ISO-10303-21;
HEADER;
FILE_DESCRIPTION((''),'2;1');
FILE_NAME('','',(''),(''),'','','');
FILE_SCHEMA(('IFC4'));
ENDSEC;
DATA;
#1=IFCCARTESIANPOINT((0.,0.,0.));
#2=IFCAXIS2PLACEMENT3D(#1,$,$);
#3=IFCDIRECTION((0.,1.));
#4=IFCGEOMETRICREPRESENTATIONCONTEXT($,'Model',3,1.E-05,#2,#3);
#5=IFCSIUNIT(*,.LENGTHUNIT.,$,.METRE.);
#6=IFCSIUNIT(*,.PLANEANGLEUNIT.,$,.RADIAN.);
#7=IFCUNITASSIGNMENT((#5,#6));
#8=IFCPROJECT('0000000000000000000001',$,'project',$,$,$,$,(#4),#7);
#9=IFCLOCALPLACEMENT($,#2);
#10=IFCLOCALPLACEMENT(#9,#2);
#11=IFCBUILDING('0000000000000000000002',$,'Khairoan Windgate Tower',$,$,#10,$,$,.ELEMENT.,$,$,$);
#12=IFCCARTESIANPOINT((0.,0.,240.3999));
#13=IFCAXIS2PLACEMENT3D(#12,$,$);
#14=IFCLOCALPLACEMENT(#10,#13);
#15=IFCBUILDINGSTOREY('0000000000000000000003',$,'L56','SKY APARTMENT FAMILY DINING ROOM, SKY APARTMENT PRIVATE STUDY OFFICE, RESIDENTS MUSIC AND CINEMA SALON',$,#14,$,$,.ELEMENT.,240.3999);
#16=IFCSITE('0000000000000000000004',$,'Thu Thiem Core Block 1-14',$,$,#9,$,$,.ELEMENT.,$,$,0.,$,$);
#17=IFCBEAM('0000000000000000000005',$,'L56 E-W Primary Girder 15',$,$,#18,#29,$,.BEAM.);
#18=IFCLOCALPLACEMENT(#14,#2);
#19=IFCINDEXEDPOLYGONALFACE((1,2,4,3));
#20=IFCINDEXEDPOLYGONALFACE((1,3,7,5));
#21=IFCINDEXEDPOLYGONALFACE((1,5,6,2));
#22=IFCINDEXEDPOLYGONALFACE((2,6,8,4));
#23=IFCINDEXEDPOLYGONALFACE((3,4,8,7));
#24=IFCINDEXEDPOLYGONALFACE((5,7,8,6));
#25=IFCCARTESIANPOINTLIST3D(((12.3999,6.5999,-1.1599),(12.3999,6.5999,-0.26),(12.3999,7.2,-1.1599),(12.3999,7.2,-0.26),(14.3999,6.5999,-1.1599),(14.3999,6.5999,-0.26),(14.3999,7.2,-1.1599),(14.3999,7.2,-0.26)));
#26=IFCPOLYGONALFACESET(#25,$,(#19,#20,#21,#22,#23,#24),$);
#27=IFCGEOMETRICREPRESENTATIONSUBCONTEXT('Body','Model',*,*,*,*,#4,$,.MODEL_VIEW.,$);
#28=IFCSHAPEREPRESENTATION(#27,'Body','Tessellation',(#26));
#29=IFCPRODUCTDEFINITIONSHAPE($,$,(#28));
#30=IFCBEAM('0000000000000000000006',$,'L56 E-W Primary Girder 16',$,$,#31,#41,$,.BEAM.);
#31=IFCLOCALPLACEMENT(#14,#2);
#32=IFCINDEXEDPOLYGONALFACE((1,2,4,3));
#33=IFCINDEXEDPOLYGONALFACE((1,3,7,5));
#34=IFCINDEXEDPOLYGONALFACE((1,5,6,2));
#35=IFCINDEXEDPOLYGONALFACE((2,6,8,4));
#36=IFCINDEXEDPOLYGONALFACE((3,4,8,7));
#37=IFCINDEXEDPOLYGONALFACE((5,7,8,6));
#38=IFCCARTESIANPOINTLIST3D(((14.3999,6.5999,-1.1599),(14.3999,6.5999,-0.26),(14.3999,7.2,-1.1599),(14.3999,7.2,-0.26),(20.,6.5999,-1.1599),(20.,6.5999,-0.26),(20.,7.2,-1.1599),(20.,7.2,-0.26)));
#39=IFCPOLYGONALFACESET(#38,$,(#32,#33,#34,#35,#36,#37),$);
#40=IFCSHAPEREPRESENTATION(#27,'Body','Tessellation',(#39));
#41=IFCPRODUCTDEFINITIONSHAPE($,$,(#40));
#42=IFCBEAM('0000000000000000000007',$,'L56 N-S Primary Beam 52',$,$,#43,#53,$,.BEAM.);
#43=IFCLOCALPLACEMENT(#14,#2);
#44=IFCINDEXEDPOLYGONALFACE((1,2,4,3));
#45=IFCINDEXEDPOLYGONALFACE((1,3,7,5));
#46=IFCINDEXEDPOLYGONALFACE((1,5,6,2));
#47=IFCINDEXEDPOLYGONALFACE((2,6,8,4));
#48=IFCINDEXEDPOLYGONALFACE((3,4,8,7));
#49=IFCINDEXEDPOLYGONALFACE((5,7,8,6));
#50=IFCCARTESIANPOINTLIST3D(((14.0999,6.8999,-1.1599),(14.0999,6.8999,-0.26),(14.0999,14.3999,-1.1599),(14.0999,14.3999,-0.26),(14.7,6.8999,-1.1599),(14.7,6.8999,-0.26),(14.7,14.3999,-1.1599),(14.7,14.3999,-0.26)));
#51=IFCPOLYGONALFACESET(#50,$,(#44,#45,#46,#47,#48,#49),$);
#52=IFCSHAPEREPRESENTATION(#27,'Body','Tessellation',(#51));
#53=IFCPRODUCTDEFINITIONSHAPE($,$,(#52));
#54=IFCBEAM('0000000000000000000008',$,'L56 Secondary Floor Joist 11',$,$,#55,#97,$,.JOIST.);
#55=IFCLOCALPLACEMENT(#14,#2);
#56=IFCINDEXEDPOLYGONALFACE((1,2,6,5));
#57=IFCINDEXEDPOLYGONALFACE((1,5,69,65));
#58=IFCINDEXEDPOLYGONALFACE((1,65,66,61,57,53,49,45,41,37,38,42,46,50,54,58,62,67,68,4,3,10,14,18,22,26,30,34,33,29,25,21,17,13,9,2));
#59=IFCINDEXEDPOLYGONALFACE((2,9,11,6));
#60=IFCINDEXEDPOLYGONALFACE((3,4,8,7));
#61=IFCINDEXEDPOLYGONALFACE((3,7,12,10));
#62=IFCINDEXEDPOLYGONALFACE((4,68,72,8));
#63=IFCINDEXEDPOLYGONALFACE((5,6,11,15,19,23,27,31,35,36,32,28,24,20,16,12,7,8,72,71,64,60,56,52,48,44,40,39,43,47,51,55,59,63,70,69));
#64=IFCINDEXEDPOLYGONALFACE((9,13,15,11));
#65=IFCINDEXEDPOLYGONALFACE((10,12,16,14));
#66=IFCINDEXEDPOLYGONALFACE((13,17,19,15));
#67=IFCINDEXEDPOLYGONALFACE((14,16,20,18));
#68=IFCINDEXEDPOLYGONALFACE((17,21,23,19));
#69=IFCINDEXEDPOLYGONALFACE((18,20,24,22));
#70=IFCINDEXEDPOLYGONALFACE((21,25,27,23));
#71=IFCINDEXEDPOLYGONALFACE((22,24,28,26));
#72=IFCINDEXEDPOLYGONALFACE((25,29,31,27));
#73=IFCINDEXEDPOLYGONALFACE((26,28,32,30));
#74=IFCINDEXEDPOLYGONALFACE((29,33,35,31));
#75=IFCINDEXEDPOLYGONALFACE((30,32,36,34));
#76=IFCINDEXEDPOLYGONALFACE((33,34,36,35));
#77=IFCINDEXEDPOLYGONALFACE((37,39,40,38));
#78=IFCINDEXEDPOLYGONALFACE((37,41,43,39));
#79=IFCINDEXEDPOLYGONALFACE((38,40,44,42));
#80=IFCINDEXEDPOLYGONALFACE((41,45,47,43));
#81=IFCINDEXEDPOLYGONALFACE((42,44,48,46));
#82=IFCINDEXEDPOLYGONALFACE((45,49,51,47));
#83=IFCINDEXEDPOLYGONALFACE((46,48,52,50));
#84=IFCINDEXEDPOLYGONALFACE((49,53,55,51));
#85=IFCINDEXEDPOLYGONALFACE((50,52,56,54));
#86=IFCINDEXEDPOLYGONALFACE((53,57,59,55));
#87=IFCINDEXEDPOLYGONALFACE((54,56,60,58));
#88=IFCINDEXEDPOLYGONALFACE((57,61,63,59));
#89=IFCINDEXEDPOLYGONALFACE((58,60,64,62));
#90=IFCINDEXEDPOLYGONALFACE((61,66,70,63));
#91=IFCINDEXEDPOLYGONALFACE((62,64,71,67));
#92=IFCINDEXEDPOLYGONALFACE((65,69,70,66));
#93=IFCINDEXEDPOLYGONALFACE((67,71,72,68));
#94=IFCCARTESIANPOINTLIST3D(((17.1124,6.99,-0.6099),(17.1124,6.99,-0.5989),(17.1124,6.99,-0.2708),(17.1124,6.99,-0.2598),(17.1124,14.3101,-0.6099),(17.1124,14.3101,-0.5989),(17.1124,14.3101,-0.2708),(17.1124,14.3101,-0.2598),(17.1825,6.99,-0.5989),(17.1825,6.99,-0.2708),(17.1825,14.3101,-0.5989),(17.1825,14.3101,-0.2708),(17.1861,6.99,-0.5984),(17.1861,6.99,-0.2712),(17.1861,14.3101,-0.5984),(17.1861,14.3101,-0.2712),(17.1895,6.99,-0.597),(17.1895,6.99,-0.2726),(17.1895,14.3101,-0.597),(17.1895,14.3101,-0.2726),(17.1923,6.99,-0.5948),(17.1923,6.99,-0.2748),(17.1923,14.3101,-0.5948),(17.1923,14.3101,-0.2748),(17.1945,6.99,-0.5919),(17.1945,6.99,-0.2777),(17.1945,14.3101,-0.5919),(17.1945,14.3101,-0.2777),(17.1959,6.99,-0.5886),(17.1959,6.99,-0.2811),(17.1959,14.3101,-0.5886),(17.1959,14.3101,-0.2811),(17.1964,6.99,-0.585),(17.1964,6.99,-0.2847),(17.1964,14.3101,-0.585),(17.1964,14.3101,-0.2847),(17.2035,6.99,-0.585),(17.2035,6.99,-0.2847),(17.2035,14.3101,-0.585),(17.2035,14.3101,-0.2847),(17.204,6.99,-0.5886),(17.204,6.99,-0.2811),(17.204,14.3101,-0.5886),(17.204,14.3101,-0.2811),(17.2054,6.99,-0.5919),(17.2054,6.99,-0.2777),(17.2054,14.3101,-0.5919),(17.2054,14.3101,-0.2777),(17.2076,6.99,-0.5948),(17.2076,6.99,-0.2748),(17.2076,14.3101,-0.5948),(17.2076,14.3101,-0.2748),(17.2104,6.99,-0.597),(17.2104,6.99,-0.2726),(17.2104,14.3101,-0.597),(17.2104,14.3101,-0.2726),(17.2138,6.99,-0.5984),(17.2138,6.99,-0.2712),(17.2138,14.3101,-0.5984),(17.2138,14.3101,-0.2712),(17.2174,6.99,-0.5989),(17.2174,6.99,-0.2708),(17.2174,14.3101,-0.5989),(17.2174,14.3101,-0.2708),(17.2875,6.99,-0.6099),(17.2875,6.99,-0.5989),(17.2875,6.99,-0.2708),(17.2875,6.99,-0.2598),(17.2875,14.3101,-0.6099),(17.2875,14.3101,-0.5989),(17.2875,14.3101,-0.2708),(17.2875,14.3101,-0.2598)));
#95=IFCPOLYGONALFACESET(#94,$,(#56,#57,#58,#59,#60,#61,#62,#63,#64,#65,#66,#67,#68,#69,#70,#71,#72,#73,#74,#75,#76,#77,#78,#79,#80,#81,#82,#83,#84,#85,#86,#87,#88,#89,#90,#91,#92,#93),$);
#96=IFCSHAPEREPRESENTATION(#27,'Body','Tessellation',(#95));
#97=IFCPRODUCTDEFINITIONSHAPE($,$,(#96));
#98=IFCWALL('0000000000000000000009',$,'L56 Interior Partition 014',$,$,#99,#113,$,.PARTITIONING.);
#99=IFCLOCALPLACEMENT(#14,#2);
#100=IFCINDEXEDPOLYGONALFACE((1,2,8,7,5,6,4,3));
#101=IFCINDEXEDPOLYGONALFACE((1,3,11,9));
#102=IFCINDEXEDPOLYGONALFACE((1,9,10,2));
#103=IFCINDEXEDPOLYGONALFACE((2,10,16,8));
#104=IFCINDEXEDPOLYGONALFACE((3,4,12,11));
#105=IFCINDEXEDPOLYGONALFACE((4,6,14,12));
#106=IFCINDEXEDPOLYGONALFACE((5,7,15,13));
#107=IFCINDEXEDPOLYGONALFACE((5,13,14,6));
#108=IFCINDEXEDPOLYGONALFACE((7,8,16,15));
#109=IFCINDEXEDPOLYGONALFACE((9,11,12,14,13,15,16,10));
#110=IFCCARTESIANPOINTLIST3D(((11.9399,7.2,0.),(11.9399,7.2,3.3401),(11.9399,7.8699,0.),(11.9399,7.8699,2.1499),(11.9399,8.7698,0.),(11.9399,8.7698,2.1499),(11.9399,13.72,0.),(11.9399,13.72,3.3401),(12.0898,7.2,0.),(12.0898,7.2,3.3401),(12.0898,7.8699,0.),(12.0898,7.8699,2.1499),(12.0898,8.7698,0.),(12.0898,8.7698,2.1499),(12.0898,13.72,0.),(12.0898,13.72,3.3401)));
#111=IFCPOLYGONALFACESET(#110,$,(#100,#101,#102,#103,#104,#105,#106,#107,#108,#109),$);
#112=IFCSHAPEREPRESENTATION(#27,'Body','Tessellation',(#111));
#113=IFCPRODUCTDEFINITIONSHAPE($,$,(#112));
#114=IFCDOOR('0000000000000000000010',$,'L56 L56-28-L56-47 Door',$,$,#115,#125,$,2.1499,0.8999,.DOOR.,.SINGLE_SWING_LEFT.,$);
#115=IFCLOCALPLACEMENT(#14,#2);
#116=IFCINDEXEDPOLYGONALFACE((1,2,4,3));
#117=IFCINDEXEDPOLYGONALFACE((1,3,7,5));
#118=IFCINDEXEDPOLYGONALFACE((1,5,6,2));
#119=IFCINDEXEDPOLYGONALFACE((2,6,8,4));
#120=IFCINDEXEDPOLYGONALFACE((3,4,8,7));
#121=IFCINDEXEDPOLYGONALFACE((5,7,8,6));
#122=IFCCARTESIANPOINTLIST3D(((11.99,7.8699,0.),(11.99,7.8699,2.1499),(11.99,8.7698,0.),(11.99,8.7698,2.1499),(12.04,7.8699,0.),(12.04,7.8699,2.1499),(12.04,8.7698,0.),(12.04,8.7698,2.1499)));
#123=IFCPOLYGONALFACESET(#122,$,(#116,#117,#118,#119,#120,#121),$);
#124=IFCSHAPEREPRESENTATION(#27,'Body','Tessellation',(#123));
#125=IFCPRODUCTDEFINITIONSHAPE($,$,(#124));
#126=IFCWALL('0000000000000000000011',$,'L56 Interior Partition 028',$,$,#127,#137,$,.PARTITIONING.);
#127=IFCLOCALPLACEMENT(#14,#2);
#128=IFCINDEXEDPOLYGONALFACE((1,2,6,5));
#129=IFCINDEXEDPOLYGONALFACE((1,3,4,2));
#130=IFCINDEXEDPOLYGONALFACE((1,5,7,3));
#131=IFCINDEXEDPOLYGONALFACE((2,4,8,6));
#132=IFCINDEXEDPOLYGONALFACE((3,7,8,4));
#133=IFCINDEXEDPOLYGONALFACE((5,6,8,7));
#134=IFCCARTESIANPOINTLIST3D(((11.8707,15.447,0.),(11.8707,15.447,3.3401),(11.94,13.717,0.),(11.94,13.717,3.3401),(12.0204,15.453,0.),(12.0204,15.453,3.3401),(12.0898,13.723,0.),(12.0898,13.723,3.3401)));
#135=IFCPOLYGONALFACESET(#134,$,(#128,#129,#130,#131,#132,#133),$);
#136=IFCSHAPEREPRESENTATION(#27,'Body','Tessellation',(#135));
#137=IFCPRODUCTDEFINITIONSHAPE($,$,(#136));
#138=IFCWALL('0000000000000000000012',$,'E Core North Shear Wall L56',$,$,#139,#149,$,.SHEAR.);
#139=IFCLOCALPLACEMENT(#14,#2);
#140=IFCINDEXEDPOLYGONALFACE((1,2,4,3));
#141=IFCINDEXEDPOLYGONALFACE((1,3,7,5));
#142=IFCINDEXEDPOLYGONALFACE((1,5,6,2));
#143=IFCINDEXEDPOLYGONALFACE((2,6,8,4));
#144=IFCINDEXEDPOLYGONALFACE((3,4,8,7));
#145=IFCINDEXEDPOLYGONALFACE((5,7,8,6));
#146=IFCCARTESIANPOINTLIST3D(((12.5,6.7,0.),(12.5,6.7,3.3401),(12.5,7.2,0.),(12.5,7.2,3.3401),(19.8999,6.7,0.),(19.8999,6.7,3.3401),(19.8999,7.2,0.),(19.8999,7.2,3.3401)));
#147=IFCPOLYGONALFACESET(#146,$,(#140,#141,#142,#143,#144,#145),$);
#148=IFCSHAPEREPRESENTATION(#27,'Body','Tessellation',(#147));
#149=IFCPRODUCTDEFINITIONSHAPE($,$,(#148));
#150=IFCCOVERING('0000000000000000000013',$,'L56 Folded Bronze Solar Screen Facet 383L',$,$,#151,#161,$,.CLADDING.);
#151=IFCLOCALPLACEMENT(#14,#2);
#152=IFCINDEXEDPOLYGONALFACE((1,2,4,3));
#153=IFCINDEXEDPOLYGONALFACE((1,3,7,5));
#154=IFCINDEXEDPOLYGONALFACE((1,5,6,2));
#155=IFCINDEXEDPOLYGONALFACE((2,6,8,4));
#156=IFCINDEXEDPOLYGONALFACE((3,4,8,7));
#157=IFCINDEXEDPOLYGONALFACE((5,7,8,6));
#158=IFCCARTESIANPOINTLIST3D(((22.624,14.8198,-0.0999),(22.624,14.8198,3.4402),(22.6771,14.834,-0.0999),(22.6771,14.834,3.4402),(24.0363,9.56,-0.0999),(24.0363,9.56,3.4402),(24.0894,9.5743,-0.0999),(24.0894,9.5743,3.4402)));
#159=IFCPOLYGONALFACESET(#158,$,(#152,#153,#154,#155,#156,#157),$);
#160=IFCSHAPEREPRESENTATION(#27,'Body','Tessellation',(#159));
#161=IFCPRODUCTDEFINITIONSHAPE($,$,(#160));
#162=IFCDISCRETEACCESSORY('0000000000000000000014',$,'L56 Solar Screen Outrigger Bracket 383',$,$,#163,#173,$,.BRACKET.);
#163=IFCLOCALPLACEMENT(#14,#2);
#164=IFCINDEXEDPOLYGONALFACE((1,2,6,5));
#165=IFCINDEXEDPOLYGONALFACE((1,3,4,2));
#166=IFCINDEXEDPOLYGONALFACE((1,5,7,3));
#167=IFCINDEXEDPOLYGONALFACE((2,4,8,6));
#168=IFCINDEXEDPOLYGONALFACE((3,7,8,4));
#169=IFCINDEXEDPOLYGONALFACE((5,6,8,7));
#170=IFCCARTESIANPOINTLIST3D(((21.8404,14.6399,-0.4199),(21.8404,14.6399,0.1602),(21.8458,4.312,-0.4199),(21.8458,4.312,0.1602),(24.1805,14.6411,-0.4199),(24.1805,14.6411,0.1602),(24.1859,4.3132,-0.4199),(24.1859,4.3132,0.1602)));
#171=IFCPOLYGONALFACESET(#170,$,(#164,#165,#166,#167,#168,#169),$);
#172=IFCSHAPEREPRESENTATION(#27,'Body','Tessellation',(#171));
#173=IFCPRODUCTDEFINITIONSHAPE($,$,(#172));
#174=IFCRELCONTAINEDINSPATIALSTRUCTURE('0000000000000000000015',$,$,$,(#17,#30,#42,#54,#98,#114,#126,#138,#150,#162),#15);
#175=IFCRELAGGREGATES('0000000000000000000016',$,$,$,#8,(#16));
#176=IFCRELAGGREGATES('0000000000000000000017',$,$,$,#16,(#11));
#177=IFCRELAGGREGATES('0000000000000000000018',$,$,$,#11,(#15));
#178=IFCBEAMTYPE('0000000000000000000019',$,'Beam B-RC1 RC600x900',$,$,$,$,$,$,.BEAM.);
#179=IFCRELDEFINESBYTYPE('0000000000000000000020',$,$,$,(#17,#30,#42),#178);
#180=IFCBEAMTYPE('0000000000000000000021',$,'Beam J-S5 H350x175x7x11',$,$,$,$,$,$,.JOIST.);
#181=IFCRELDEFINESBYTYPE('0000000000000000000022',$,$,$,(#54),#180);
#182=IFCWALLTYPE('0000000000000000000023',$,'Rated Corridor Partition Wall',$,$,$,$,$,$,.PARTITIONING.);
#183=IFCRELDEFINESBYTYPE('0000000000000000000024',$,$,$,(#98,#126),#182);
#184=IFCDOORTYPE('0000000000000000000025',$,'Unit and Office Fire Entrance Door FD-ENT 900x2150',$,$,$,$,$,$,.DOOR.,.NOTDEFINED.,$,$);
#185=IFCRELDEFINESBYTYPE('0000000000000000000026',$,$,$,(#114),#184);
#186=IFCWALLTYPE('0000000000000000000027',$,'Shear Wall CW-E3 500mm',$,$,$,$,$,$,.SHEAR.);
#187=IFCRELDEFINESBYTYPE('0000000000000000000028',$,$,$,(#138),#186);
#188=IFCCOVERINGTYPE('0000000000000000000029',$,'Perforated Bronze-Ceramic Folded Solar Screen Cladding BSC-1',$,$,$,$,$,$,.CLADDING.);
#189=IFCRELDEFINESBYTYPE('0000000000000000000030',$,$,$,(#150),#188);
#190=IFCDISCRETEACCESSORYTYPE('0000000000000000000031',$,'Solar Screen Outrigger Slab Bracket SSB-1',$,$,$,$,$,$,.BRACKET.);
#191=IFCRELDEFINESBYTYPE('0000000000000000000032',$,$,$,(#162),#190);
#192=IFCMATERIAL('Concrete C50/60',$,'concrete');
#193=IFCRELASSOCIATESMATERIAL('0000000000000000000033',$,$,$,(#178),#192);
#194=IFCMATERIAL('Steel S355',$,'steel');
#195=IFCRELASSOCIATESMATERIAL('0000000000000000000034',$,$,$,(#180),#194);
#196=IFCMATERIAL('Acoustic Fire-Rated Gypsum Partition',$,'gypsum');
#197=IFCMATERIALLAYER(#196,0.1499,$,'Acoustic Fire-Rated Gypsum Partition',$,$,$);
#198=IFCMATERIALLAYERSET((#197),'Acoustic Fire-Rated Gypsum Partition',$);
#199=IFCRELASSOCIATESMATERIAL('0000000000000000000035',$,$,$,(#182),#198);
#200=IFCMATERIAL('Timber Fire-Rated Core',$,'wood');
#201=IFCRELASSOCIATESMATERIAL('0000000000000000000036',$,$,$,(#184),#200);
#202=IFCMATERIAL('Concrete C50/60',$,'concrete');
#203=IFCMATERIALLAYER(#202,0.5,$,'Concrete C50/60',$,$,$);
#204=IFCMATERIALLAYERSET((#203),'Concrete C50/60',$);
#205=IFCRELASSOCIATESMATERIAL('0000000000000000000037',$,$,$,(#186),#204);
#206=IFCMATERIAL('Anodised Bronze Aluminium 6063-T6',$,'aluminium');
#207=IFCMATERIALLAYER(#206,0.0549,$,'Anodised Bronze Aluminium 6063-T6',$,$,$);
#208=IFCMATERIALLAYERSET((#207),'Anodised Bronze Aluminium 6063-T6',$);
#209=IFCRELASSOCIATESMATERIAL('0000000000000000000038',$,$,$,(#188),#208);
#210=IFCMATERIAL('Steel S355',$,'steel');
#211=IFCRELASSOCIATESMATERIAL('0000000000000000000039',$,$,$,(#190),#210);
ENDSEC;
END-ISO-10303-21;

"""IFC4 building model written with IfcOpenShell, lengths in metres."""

from ifc_helpers import new_model, si_unit, direction, frame, frame_2d, origin, origin_2d, place, context, subcontext, project, spatial, rectangle, i_section, extrude, material, layer, layer_set, material_profile, profile_set, type_object, element, fill, save


model = new_model("IFC4")

# Units and contexts
model_context = context("Model", 3, precision=1e-05, world=origin(), true_north=direction((0.0, 1.0)))
body_context = subcontext(model_context, "Body", "Model", "MODEL_VIEW")
ifc_project = project(units=[si_unit("LENGTHUNIT", "METRE"), si_unit("PLANEANGLEUNIT", "RADIAN")], contexts=[model_context])

# Site, building, storey
site_placement = place(None, origin())
site = spatial("IfcSite", under=ifc_project, at=site_placement, Name="Thu Thiem Core Block 1-14", CompositionType="ELEMENT", RefElevation=0.0)
building_placement = place(site_placement, origin())
building = spatial("IfcBuilding", under=site, at=building_placement, Name="Khairoan Windgate Tower", CompositionType="ELEMENT")
storey_placement = place(building_placement, frame((0.0, 0.0, 240.3999)))
storey = spatial("IfcBuildingStorey", under=building, at=storey_placement, Name="L56", Description="SKY APARTMENT FAMILY DINING ROOM, SKY APARTMENT PRIVATE STUDY OFFICE, RESIDENTS MUSIC AND CINEMA SALON", CompositionType="ELEMENT", Elevation=240.3999)

# Beams
ifc_material_1 = material(Name="Concrete C50/60", Category="concrete")
ifc_material_profile_1 = material_profile(ifc_material_1, rectangle(XDim=0.6001, YDim=0.8999, at=origin_2d()))
ifc_profile_set_1 = profile_set([ifc_material_profile_1], Name="Concrete C50/60")
beam_type_1 = type_object("IfcBeamType", Name="Beam B-RC1 RC600x900", PredefinedType="BEAM", material=ifc_profile_set_1)
beam_1_placement = place(storey_placement, frame((12.3999, 6.8999, -0.71), z_axis=(1.0, 0.0, 0.0), x_axis=(0.0, 1.0, 0.0)))
element("IfcBeam", 1, at=beam_1_placement, inside=storey, type_object=beam_type_1, Name="L56 E-W Primary Girder 15", PredefinedType="BEAM", context=body_context, shape_type="SweptSolid", body=[
    extrude(rectangle(XDim=0.6001, YDim=0.8999, at=origin_2d()), origin(), (0.0, 0.0, 1.0), 2.0),
])
beam_2_placement = place(storey_placement, frame((14.3999, 6.8999, -0.71), z_axis=(1.0, 0.0, 0.0), x_axis=(0.0, 1.0, 0.0)))
element("IfcBeam", 2, at=beam_2_placement, inside=storey, type_object=beam_type_1, Name="L56 E-W Primary Girder 16", PredefinedType="BEAM", context=body_context, shape_type="SweptSolid", body=[
    extrude(rectangle(XDim=0.6001, YDim=0.8999, at=origin_2d()), origin(), (0.0, 0.0, 1.0), 5.6001),
])
beam_3_placement = place(storey_placement, frame((14.3999, 6.8999, -0.71), z_axis=(0.0, 1.0, 0.0), x_axis=(-1.0, 0.0, 0.0)))
element("IfcBeam", 3, at=beam_3_placement, inside=storey, type_object=beam_type_1, Name="L56 N-S Primary Beam 52", PredefinedType="BEAM", context=body_context, shape_type="SweptSolid", body=[
    extrude(rectangle(XDim=0.6001, YDim=0.8999, at=origin_2d()), origin(), (0.0, 0.0, 1.0), 7.5),
])
ifc_material_2 = material(Name="Steel S355", Category="steel")
ifc_material_profile_2 = material_profile(ifc_material_2, i_section(OverallWidth=0.175, OverallDepth=0.3501, WebThickness=0.0071, FlangeThickness=0.011, FilletRadius=0.0139, at=origin_2d()))
ifc_profile_set_2 = profile_set([ifc_material_profile_2], Name="Steel S355")
beam_type_2 = type_object("IfcBeamType", Name="Beam J-S5 H350x175x7x11", PredefinedType="JOIST", material=ifc_profile_set_2)
beam_4_placement = place(storey_placement, frame((17.2, 6.99, -0.4348), z_axis=(0.0, 1.0, 0.0), x_axis=(-1.0, 0.0, 0.0)))
element("IfcBeam", 4, at=beam_4_placement, inside=storey, type_object=beam_type_2, Name="L56 Secondary Floor Joist 11", PredefinedType="JOIST", context=body_context, shape_type="SweptSolid", body=[
    extrude(i_section(OverallWidth=0.175, OverallDepth=0.3501, WebThickness=0.0071, FlangeThickness=0.011, FilletRadius=0.0139, at=origin_2d()), origin(), (0.0, 0.0, 1.0), 7.3201),
])

# Wall, opening, door
ifc_material_3 = material(Name="Acoustic Fire-Rated Gypsum Partition", Category="gypsum")
ifc_layer_1 = layer(ifc_material_3, 0.1499, Name="Acoustic Fire-Rated Gypsum Partition")
ifc_layer_set_1 = layer_set([ifc_layer_1], Name="Acoustic Fire-Rated Gypsum Partition")
wall_type_1 = type_object("IfcWallType", Name="Rated Corridor Partition Wall", PredefinedType="PARTITIONING", material=ifc_layer_set_1)
wall_1_placement = place(storey_placement, frame((12.0149, 7.2, 0.0), z_axis=(0.0, 0.0, 1.0), x_axis=(0.0, 1.0, 0.0)))
wall_1 = element("IfcWall", 5, at=wall_1_placement, inside=storey, type_object=wall_type_1, Name="L56 Interior Partition 014", PredefinedType="PARTITIONING", context=body_context, shape_type="SweptSolid", body=[
    extrude(rectangle(XDim=6.52, YDim=0.1499, at=frame_2d((3.26, 0.0))), origin(), (0.0, 0.0, 1.0), 3.3401),
])
opening_placement = place(wall_1_placement, frame((0.6699, 0.0, 0.0)))
opening = element("IfcOpeningElement", 6, at=opening_placement, cuts=wall_1, PredefinedType="OPENING", context=body_context, shape_type="SweptSolid", body=[
    extrude(rectangle(XDim=0.8999, YDim=2.1499, at=frame_2d((0.45, 1.075))), frame((0.0, 0.085, 0.0), z_axis=(0.0, -1.0, 0.0), x_axis=(1.0, 0.0, 0.0)), (0.0, 0.0, 1.0), 0.1699),
])
ifc_material_4 = material(Name="Timber Fire-Rated Core", Category="wood")
door_type = type_object("IfcDoorType", Name="Unit and Office Fire Entrance Door FD-ENT 900x2150", OperationType="NOTDEFINED", PredefinedType="DOOR", material=ifc_material_4)
door_placement = place(opening_placement, origin())
door = element("IfcDoor", 7, at=door_placement, inside=storey, type_object=door_type, Name="L56 L56-28-L56-47 Door", OperationType="SINGLE_SWING_LEFT", OverallHeight=2.1499, OverallWidth=0.8999, PredefinedType="DOOR", context=body_context, shape_type="SweptSolid", body=[
    extrude(rectangle(XDim=0.8999, YDim=2.1499, at=frame_2d((0.45, 1.075))), frame((0.0, 0.0249, 0.0), z_axis=(0.0, -1.0, 0.0), x_axis=(1.0, 0.0, 0.0)), (0.0, 0.0, 1.0), 0.05),
])
fill(opening, door)

# Walls
wall_2_placement = place(storey_placement, frame((12.0149, 13.72, 0.0), z_axis=(0.0, 0.0, 1.0), x_axis=(-0.040047, 0.999198, 0.0)))
element("IfcWall", 8, at=wall_2_placement, inside=storey, type_object=wall_type_1, Name="L56 Interior Partition 028", PredefinedType="PARTITIONING", context=body_context, shape_type="SweptSolid", body=[
    extrude(rectangle(XDim=1.7314, YDim=0.1499, at=frame_2d((0.8657, 0.0))), origin(), (0.0, 0.0, 1.0), 3.3401),
])
ifc_material_5 = material(Name="Concrete C50/60", Category="concrete")
ifc_layer_2 = layer(ifc_material_5, 0.5, Name="Concrete C50/60")
ifc_layer_set_2 = layer_set([ifc_layer_2], Name="Concrete C50/60")
wall_type_2 = type_object("IfcWallType", Name="Shear Wall CW-E3 500mm", PredefinedType="SHEAR", material=ifc_layer_set_2)
wall_3_placement = place(storey_placement, frame((12.5, 6.95, 0.0), z_axis=(0.0, 0.0, 1.0), x_axis=(1.0, 0.0, 0.0)))
element("IfcWall", 9, at=wall_3_placement, inside=storey, type_object=wall_type_2, Name="E Core North Shear Wall L56", PredefinedType="SHEAR", context=body_context, shape_type="SweptSolid", body=[
    extrude(rectangle(XDim=7.3999, YDim=0.5, at=frame_2d((3.7, 0.0))), origin(), (0.0, 0.0, 1.0), 3.3401),
])

# Covering
ifc_material_6 = material(Name="Anodised Bronze Aluminium 6063-T6", Category="aluminium")
ifc_layer_3 = layer(ifc_material_6, 0.0549, Name="Anodised Bronze Aluminium 6063-T6")
ifc_layer_set_3 = layer_set([ifc_layer_3], Name="Anodised Bronze Aluminium 6063-T6")
covering_type = type_object("IfcCoveringType", Name="Perforated Bronze-Ceramic Folded Solar Screen Cladding BSC-1", PredefinedType="CLADDING", material=ifc_layer_set_3)
covering_placement = place(storey_placement, frame((23.3567, 12.197, -0.0999), z_axis=(0.0, 0.0, 1.0), x_axis=(0.259325, -0.96579, 0.0)))
element("IfcCovering", 10, at=covering_placement, inside=storey, type_object=covering_type, Name="L56 Folded Bronze Solar Screen Facet 383L", PredefinedType="CLADDING", context=body_context, shape_type="SweptSolid", body=[
    extrude(rectangle(XDim=5.446, YDim=0.0549, at=origin_2d()), origin(), (0.0, 0.0, 1.0), 3.54),
])

# Discrete accessory
ifc_material_7 = material(Name="Steel S355", Category="steel")
discrete_accessory_type = type_object("IfcDiscreteAccessoryType", Name="Solar Screen Outrigger Slab Bracket SSB-1", PredefinedType="BRACKET", material=ifc_material_7)
discrete_accessory_placement = place(storey_placement, frame((23.0132, 9.4766, -0.4199), z_axis=(0.0, 0.0, 1.0), x_axis=(0.000524, -1.0, 0.0)))
element("IfcDiscreteAccessory", 11, at=discrete_accessory_placement, inside=storey, type_object=discrete_accessory_type, Name="L56 Solar Screen Outrigger Bracket 383", PredefinedType="BRACKET", context=body_context, shape_type="SweptSolid", body=[
    extrude(rectangle(XDim=10.3279, YDim=2.3401, at=origin_2d()), origin(), (0.0, 0.0, 1.0), 0.5801),
])

save(model, "model.ifc")
